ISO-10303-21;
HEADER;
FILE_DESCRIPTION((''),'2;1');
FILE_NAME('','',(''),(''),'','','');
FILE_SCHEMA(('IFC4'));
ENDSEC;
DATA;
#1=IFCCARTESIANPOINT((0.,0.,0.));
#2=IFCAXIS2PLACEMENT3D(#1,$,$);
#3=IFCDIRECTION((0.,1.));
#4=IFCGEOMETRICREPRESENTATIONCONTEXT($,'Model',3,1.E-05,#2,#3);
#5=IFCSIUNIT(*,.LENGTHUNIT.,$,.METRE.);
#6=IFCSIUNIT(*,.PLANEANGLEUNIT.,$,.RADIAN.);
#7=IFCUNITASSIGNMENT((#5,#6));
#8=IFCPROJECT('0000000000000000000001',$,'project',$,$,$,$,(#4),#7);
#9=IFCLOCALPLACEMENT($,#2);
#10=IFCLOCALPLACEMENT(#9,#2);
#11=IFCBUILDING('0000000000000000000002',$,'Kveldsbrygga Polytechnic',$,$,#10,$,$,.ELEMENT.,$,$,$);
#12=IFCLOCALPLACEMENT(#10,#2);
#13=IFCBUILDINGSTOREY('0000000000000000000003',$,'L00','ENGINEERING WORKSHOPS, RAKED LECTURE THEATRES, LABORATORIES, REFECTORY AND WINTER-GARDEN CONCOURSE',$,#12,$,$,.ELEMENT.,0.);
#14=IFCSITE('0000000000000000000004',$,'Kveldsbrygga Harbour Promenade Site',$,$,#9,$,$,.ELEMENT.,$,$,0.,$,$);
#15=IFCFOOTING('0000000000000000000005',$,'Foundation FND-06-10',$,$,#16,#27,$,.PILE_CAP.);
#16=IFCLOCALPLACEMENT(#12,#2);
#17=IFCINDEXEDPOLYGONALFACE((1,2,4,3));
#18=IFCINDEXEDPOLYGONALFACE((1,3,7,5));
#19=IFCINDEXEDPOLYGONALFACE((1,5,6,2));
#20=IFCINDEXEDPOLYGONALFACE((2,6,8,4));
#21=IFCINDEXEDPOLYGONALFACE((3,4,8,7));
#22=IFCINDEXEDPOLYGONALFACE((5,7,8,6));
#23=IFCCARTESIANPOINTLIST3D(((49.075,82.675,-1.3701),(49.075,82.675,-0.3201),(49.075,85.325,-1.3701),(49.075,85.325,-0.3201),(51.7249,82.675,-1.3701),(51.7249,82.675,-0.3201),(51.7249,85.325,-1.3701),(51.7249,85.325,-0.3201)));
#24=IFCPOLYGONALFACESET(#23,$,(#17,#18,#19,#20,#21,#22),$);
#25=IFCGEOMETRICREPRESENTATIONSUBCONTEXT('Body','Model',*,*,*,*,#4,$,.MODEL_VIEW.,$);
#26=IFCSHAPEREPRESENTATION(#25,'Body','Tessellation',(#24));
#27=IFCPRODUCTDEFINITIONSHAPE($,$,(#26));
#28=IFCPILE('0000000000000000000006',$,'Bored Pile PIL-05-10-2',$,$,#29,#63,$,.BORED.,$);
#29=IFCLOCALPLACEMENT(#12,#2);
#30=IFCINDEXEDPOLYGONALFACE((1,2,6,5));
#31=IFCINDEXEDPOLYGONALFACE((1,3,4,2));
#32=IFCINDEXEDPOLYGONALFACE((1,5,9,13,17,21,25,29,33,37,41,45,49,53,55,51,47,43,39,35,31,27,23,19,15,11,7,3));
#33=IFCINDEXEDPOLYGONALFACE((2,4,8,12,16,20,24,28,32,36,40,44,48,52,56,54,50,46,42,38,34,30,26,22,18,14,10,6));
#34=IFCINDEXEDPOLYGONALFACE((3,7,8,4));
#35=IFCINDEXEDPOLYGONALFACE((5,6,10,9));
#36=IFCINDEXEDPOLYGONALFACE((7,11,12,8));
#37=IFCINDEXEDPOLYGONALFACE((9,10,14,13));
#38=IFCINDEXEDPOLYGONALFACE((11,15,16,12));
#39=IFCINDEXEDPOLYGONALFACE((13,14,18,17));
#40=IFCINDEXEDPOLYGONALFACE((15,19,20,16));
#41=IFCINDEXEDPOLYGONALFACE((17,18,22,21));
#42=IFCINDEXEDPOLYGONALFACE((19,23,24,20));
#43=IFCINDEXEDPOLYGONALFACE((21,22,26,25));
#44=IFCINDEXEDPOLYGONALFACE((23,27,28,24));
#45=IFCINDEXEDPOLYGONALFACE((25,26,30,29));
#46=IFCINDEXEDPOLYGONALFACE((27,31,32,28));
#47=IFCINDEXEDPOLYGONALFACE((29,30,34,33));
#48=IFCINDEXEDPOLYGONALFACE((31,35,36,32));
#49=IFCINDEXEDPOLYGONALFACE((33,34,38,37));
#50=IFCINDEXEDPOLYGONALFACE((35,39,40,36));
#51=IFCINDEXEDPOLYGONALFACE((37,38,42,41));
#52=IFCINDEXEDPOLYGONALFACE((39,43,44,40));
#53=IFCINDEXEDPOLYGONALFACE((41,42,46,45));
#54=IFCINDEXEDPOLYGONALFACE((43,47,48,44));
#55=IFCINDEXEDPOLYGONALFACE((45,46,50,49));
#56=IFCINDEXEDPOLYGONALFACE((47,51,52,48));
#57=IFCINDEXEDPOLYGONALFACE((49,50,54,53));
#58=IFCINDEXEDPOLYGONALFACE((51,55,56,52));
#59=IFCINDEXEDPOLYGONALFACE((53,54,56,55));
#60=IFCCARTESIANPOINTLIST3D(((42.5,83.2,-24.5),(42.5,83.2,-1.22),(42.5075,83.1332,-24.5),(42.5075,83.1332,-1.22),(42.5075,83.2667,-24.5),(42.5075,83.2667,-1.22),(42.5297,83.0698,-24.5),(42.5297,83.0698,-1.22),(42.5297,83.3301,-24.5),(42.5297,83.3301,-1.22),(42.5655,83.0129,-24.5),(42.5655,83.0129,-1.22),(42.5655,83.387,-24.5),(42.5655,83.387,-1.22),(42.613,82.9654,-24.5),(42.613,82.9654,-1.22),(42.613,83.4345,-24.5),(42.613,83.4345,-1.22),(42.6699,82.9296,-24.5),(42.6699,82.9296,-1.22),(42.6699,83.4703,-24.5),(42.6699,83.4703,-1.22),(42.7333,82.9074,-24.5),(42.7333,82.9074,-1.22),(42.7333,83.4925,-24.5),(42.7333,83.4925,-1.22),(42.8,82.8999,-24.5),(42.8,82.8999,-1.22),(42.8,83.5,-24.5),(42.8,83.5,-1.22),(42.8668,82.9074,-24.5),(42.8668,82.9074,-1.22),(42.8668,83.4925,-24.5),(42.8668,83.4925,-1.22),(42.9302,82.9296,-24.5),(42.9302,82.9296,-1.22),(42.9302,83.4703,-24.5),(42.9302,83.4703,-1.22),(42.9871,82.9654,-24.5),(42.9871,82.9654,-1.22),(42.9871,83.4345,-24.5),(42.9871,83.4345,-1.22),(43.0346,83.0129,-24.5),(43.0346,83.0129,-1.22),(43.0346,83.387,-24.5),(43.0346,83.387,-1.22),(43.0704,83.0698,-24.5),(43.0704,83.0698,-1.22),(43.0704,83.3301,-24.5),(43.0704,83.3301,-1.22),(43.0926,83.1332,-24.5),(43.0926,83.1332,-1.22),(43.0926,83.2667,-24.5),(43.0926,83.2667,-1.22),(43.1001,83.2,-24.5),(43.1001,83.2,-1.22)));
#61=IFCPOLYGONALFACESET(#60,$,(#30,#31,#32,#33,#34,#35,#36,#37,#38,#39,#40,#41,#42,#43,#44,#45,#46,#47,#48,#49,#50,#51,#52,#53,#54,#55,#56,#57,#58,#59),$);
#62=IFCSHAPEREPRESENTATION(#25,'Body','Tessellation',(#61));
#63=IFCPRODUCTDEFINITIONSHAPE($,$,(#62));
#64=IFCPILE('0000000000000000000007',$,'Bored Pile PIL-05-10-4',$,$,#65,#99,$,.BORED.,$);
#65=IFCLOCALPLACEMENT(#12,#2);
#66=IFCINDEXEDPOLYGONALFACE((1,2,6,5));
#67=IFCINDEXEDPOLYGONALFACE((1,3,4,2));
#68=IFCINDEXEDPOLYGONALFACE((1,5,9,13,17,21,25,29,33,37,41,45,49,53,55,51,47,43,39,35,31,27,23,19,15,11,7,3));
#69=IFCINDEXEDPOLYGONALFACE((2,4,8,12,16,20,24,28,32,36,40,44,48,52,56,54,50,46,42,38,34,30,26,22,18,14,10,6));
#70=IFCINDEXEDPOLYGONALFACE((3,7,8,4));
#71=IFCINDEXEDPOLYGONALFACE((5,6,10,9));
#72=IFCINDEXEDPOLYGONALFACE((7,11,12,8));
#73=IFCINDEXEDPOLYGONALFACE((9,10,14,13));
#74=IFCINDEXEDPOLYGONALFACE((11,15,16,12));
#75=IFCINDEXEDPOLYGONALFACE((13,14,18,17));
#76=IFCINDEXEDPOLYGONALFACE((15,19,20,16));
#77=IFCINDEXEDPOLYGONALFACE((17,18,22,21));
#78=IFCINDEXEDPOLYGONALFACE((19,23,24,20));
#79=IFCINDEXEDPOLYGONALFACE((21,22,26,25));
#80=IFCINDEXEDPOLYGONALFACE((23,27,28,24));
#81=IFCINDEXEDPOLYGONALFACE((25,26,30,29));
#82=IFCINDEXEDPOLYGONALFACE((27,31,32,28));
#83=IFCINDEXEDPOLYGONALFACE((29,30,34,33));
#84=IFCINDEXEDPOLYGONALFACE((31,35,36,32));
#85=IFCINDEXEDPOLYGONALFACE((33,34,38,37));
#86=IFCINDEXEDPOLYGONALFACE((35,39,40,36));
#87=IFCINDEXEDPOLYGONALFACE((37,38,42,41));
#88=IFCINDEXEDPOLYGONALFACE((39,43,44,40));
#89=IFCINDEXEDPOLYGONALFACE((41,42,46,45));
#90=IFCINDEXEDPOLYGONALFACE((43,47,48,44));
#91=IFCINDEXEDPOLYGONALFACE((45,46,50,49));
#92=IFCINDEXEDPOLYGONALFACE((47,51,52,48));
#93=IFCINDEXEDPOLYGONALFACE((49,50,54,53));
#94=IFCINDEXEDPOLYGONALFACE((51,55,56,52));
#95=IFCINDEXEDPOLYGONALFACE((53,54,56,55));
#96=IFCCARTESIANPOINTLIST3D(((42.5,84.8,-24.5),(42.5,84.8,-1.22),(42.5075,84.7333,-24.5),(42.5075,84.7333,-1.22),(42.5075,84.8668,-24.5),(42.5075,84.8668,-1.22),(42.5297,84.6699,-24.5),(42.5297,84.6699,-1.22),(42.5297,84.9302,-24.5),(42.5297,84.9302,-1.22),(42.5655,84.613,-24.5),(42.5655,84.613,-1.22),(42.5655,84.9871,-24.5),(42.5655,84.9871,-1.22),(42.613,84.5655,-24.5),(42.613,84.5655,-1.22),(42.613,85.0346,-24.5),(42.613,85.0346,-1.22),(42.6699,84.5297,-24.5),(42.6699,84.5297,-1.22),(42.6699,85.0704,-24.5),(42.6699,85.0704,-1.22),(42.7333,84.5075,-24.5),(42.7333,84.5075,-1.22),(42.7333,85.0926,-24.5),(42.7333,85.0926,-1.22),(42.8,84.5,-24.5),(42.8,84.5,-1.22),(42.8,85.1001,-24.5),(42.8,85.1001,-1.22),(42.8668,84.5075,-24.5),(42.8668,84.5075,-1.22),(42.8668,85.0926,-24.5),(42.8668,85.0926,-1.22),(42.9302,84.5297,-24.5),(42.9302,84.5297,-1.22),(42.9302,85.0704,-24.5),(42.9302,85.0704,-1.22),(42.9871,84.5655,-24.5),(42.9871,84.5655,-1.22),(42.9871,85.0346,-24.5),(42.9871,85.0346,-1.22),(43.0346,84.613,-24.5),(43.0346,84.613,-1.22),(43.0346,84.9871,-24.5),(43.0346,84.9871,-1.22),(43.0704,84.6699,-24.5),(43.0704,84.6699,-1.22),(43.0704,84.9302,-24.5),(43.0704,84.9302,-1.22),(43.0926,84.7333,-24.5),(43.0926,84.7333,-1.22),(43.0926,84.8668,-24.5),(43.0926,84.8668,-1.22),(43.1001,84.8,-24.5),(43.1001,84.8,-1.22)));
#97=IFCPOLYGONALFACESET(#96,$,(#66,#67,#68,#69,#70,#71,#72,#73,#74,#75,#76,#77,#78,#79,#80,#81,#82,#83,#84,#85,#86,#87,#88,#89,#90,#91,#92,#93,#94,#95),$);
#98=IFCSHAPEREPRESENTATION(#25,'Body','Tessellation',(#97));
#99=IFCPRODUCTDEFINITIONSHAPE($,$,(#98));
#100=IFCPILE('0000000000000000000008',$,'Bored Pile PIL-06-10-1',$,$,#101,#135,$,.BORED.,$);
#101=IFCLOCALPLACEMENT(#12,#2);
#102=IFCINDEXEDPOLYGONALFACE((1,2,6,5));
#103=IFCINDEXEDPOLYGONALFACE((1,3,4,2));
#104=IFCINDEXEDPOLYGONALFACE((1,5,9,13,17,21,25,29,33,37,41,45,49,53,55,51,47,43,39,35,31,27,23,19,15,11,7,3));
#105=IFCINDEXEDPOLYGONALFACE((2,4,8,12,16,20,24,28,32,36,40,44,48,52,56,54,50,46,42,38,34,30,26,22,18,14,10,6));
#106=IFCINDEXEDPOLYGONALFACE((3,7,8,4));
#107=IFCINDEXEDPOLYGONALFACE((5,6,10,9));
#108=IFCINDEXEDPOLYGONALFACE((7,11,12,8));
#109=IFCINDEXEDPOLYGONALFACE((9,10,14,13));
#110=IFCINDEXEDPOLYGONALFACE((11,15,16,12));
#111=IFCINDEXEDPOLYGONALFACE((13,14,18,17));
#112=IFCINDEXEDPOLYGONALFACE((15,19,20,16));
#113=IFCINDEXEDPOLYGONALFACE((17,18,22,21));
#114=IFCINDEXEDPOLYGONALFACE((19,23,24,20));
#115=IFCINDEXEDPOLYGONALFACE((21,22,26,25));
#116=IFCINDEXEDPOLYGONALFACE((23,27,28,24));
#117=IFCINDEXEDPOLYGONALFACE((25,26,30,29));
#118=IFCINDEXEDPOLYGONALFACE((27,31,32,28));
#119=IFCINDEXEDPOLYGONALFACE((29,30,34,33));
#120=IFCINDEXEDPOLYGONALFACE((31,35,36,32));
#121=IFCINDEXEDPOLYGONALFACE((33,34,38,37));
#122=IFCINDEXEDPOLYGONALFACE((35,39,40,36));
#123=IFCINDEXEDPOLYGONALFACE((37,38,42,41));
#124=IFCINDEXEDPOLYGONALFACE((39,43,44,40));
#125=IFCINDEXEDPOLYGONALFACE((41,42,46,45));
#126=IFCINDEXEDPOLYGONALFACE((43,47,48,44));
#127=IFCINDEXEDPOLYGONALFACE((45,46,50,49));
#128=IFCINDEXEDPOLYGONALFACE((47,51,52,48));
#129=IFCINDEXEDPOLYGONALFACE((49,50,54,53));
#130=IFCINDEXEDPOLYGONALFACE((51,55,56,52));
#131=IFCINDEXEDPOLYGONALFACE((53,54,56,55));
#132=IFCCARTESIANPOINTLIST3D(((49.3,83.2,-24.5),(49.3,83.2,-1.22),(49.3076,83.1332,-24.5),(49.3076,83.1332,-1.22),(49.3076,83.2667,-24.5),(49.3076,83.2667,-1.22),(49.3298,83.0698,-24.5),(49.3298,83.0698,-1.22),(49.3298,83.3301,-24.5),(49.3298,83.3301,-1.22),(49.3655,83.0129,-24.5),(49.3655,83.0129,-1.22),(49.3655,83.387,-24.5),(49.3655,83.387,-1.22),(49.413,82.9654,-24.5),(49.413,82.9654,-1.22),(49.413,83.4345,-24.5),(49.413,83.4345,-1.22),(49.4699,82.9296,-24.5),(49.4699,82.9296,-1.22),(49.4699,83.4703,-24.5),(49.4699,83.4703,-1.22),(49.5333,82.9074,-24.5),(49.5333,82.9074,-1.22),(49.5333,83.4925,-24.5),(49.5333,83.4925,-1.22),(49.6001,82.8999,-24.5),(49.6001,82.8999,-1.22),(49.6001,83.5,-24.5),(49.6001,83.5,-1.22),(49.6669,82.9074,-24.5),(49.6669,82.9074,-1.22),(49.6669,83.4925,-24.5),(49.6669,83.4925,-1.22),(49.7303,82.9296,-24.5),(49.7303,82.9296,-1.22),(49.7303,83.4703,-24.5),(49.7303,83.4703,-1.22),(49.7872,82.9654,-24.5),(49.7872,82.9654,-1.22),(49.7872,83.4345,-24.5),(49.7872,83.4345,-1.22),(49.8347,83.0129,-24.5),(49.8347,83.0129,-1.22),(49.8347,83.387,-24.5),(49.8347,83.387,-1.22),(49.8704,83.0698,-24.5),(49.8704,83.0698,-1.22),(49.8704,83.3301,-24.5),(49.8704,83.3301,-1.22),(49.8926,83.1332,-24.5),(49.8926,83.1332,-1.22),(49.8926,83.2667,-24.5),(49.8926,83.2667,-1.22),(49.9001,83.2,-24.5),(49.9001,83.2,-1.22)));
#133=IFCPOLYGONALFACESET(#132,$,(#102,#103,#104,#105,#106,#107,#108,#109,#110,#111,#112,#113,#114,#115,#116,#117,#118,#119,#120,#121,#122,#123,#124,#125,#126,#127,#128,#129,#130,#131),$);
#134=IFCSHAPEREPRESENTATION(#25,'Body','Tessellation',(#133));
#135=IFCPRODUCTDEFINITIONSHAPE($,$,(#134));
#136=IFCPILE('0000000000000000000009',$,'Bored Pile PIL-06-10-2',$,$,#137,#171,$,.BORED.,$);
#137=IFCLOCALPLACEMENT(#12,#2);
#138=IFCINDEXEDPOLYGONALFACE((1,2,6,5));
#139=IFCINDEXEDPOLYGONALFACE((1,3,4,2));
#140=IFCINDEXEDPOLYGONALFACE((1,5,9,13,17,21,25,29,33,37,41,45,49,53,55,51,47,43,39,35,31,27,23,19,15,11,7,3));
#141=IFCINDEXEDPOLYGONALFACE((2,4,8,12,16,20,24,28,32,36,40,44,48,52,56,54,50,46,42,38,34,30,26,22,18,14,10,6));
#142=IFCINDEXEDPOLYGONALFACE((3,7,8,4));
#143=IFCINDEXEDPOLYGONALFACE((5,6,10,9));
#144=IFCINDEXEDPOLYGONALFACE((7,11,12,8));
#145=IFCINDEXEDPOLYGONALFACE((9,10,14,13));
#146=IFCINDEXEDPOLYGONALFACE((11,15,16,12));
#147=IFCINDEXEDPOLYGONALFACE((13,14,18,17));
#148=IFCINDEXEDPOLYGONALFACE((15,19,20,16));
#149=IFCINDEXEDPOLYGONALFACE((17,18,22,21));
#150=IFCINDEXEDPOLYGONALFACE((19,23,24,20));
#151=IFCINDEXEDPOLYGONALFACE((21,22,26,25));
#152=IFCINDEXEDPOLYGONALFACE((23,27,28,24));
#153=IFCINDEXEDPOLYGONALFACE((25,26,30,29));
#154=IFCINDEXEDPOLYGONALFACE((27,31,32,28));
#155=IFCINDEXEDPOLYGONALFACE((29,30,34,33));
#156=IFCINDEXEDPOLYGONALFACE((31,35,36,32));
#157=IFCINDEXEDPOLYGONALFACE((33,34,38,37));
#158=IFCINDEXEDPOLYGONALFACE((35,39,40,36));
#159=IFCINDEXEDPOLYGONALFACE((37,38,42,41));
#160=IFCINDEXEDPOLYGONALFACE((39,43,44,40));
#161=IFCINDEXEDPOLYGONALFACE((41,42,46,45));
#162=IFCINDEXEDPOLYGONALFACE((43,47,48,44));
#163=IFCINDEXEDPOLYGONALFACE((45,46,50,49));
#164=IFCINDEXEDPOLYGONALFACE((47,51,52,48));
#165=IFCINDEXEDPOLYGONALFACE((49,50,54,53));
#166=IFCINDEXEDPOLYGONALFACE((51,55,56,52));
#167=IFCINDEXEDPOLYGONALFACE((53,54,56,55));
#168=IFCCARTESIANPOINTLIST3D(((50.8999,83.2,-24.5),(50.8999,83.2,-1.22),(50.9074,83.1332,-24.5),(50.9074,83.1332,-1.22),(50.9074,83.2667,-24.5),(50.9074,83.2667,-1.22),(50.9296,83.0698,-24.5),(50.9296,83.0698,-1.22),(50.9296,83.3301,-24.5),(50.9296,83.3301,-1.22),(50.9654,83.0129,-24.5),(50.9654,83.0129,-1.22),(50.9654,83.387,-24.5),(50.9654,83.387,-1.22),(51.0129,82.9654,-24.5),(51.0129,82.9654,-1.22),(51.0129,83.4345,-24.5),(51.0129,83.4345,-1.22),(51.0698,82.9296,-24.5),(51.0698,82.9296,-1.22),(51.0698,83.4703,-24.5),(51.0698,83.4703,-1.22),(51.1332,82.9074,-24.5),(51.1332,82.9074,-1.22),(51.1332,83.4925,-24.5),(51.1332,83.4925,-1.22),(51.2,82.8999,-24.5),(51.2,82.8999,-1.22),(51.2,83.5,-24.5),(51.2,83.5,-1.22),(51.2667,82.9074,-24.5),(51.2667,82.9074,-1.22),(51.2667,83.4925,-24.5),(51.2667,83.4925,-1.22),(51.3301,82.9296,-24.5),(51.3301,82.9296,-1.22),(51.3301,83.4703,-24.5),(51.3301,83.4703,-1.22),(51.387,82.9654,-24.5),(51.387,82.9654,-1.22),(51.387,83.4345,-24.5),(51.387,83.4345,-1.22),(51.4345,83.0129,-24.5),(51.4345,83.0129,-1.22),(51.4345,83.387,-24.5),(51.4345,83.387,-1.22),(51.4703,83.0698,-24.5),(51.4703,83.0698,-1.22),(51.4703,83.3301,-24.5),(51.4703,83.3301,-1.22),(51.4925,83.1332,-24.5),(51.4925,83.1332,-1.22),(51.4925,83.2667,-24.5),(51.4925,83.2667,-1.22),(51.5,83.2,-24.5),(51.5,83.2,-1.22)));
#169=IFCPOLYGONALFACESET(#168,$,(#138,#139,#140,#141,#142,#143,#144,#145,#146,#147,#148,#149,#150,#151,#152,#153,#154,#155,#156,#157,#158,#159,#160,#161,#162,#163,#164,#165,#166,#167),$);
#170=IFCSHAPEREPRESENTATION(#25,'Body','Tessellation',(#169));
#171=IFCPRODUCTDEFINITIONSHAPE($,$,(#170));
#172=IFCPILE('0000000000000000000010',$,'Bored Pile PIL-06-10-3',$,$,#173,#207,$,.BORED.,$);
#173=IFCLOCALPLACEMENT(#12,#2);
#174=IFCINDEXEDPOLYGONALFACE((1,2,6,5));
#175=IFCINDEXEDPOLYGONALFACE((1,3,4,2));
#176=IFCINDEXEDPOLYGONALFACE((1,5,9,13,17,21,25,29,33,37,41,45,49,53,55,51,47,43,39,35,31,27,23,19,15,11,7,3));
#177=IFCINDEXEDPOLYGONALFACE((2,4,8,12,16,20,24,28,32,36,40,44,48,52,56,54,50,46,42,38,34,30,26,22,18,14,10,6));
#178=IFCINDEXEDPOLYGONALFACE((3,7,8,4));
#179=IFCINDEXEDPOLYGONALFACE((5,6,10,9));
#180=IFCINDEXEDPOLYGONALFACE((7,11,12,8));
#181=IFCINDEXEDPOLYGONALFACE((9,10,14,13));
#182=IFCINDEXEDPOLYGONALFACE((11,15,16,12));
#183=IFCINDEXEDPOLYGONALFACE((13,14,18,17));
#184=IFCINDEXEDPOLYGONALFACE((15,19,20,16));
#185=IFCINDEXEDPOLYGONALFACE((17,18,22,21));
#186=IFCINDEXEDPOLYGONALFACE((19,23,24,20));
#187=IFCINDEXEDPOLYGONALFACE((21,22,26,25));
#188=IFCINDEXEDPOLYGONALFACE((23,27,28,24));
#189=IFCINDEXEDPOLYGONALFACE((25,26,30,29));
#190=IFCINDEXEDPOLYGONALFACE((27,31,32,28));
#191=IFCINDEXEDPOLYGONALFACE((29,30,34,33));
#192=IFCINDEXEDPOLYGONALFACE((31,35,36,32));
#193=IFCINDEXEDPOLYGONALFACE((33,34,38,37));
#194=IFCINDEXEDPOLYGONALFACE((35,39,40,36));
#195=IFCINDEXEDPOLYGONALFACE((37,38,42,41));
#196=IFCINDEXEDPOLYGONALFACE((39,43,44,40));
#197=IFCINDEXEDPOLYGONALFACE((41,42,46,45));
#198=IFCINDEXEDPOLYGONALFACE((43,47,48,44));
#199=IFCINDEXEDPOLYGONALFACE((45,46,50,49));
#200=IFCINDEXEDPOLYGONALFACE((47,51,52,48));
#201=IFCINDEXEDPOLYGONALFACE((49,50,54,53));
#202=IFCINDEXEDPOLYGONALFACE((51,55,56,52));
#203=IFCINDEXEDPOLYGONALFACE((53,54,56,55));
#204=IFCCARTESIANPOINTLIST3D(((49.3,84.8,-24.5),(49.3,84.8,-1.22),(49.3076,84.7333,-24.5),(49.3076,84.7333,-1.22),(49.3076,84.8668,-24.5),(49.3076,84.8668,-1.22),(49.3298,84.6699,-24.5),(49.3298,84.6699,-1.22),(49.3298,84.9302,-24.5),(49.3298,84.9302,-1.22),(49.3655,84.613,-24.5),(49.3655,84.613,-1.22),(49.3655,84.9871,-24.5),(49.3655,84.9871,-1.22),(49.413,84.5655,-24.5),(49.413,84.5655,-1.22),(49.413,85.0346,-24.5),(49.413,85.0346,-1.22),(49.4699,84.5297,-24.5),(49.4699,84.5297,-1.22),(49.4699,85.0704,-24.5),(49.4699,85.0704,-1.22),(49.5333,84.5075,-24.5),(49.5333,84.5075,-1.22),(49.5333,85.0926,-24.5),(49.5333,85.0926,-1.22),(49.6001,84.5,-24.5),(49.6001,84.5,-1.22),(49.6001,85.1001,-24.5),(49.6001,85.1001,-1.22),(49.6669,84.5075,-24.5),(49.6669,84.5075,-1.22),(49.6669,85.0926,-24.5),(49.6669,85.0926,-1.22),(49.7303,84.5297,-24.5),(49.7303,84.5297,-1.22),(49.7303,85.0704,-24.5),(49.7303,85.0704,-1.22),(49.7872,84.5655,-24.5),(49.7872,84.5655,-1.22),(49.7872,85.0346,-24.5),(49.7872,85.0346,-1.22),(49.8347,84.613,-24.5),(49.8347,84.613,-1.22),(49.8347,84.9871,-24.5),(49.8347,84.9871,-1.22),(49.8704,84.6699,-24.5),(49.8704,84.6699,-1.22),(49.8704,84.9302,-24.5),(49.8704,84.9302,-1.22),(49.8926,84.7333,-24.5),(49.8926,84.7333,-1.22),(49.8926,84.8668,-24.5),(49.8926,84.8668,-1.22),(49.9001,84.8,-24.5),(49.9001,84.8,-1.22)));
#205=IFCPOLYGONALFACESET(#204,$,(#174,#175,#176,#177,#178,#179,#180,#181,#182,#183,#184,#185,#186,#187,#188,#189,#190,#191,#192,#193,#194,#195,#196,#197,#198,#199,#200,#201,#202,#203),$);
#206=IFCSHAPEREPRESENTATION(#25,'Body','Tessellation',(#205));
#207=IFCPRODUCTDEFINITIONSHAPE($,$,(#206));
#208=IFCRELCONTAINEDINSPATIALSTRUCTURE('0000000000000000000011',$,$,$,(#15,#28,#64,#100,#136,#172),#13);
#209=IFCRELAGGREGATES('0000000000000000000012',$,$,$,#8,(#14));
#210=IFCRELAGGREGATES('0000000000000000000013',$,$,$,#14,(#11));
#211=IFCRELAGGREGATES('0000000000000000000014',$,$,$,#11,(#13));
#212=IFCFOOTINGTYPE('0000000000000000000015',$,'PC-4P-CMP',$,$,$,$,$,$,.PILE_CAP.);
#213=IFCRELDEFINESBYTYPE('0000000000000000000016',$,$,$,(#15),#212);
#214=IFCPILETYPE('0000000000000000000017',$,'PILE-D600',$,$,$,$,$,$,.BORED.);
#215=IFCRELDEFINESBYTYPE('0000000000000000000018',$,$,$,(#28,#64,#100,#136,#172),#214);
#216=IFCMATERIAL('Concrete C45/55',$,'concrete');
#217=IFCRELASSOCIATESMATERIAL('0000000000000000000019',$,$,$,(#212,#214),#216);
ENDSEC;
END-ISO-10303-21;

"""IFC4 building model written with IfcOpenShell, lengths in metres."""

from ifc_helpers import new_model, si_unit, direction, frame, origin, origin_2d, place, context, subcontext, project, spatial, rectangle, circle, extrude, material, material_profile, profile_set, type_object, element, save


model = new_model("IFC4")

# Units and contexts
model_context = context("Model", 3, precision=1e-05, world=origin(), true_north=direction((0.0, 1.0)))
body_context = subcontext(model_context, "Body", "Model", "MODEL_VIEW")
ifc_project = project(units=[si_unit("LENGTHUNIT", "METRE"), si_unit("PLANEANGLEUNIT", "RADIAN")], contexts=[model_context])

# Site, building, storey
site_placement = place(None, origin())
site = spatial("IfcSite", under=ifc_project, at=site_placement, Name="Kveldsbrygga Harbour Promenade Site", CompositionType="ELEMENT", RefElevation=0.0)
building_placement = place(site_placement, origin())
building = spatial("IfcBuilding", under=site, at=building_placement, Name="Kveldsbrygga Polytechnic", CompositionType="ELEMENT")
storey_placement = place(building_placement, origin())
storey = spatial("IfcBuildingStorey", under=building, at=storey_placement, Name="L00", Description="ENGINEERING WORKSHOPS, RAKED LECTURE THEATRES, LABORATORIES, REFECTORY AND WINTER-GARDEN CONCOURSE", CompositionType="ELEMENT", Elevation=0.0)

# Footing
ifc_material_1 = material(Name="Concrete C45/55", Category="concrete")
footing_type = type_object("IfcFootingType", Name="PC-4P-CMP", PredefinedType="PILE_CAP", material=ifc_material_1)
footing_placement = place(storey_placement, frame((50.3999, 84.0, -1.3701), z_axis=(0.0, 0.0, 1.0), x_axis=(1.0, 0.0, 0.0)))
element("IfcFooting", 1, at=footing_placement, inside=storey, type_object=footing_type, Name="Foundation FND-06-10", PredefinedType="PILE_CAP", context=body_context, shape_type="SweptSolid", body=[
    extrude(rectangle(XDim=2.6499, YDim=2.6499, at=origin_2d()), origin(), (0.0, 0.0, 1.0), 1.05),
])

# Piles
ifc_material_profile_1 = material_profile(ifc_material_1, circle(Radius=0.3, at=origin_2d()), Name="PILE D600")
ifc_profile_set_1 = profile_set([ifc_material_profile_1], Name="Concrete C45/55")
pile_type = type_object("IfcPileType", Name="PILE-D600", PredefinedType="BORED", material=ifc_profile_set_1)
for number, where, z_axis, x_axis, name in (
    (2, (42.8, 83.2, -1.22), (0.0, 0.0, -1.0), (1.0, 0.0, 0.0), "Bored Pile PIL-05-10-2"),
    (3, (42.8, 84.8, -1.22), (0.0, 0.0, -1.0), (1.0, 0.0, 0.0), "Bored Pile PIL-05-10-4"),
    (4, (49.6001, 83.2, -1.22), (0.0, 0.0, -1.0), (1.0, 0.0, 0.0), "Bored Pile PIL-06-10-1"),
    (5, (51.2, 83.2, -1.22), (0.0, 0.0, -1.0), (1.0, 0.0, 0.0), "Bored Pile PIL-06-10-2"),
    (6, (49.6001, 84.8, -1.22), (0.0, 0.0, -1.0), (1.0, 0.0, 0.0), "Bored Pile PIL-06-10-3"),
):
    element("IfcPile", number, at=place(storey_placement, frame(where, z_axis=z_axis, x_axis=x_axis)), inside=storey, type_object=pile_type, Name=name, PredefinedType="BORED", context=body_context, shape_type="SweptSolid", body=[
        extrude(circle(Radius=0.3, at=origin_2d()), origin(), (0.0, 0.0, 1.0), 23.28),
    ])

save(model, "model.ifc")
